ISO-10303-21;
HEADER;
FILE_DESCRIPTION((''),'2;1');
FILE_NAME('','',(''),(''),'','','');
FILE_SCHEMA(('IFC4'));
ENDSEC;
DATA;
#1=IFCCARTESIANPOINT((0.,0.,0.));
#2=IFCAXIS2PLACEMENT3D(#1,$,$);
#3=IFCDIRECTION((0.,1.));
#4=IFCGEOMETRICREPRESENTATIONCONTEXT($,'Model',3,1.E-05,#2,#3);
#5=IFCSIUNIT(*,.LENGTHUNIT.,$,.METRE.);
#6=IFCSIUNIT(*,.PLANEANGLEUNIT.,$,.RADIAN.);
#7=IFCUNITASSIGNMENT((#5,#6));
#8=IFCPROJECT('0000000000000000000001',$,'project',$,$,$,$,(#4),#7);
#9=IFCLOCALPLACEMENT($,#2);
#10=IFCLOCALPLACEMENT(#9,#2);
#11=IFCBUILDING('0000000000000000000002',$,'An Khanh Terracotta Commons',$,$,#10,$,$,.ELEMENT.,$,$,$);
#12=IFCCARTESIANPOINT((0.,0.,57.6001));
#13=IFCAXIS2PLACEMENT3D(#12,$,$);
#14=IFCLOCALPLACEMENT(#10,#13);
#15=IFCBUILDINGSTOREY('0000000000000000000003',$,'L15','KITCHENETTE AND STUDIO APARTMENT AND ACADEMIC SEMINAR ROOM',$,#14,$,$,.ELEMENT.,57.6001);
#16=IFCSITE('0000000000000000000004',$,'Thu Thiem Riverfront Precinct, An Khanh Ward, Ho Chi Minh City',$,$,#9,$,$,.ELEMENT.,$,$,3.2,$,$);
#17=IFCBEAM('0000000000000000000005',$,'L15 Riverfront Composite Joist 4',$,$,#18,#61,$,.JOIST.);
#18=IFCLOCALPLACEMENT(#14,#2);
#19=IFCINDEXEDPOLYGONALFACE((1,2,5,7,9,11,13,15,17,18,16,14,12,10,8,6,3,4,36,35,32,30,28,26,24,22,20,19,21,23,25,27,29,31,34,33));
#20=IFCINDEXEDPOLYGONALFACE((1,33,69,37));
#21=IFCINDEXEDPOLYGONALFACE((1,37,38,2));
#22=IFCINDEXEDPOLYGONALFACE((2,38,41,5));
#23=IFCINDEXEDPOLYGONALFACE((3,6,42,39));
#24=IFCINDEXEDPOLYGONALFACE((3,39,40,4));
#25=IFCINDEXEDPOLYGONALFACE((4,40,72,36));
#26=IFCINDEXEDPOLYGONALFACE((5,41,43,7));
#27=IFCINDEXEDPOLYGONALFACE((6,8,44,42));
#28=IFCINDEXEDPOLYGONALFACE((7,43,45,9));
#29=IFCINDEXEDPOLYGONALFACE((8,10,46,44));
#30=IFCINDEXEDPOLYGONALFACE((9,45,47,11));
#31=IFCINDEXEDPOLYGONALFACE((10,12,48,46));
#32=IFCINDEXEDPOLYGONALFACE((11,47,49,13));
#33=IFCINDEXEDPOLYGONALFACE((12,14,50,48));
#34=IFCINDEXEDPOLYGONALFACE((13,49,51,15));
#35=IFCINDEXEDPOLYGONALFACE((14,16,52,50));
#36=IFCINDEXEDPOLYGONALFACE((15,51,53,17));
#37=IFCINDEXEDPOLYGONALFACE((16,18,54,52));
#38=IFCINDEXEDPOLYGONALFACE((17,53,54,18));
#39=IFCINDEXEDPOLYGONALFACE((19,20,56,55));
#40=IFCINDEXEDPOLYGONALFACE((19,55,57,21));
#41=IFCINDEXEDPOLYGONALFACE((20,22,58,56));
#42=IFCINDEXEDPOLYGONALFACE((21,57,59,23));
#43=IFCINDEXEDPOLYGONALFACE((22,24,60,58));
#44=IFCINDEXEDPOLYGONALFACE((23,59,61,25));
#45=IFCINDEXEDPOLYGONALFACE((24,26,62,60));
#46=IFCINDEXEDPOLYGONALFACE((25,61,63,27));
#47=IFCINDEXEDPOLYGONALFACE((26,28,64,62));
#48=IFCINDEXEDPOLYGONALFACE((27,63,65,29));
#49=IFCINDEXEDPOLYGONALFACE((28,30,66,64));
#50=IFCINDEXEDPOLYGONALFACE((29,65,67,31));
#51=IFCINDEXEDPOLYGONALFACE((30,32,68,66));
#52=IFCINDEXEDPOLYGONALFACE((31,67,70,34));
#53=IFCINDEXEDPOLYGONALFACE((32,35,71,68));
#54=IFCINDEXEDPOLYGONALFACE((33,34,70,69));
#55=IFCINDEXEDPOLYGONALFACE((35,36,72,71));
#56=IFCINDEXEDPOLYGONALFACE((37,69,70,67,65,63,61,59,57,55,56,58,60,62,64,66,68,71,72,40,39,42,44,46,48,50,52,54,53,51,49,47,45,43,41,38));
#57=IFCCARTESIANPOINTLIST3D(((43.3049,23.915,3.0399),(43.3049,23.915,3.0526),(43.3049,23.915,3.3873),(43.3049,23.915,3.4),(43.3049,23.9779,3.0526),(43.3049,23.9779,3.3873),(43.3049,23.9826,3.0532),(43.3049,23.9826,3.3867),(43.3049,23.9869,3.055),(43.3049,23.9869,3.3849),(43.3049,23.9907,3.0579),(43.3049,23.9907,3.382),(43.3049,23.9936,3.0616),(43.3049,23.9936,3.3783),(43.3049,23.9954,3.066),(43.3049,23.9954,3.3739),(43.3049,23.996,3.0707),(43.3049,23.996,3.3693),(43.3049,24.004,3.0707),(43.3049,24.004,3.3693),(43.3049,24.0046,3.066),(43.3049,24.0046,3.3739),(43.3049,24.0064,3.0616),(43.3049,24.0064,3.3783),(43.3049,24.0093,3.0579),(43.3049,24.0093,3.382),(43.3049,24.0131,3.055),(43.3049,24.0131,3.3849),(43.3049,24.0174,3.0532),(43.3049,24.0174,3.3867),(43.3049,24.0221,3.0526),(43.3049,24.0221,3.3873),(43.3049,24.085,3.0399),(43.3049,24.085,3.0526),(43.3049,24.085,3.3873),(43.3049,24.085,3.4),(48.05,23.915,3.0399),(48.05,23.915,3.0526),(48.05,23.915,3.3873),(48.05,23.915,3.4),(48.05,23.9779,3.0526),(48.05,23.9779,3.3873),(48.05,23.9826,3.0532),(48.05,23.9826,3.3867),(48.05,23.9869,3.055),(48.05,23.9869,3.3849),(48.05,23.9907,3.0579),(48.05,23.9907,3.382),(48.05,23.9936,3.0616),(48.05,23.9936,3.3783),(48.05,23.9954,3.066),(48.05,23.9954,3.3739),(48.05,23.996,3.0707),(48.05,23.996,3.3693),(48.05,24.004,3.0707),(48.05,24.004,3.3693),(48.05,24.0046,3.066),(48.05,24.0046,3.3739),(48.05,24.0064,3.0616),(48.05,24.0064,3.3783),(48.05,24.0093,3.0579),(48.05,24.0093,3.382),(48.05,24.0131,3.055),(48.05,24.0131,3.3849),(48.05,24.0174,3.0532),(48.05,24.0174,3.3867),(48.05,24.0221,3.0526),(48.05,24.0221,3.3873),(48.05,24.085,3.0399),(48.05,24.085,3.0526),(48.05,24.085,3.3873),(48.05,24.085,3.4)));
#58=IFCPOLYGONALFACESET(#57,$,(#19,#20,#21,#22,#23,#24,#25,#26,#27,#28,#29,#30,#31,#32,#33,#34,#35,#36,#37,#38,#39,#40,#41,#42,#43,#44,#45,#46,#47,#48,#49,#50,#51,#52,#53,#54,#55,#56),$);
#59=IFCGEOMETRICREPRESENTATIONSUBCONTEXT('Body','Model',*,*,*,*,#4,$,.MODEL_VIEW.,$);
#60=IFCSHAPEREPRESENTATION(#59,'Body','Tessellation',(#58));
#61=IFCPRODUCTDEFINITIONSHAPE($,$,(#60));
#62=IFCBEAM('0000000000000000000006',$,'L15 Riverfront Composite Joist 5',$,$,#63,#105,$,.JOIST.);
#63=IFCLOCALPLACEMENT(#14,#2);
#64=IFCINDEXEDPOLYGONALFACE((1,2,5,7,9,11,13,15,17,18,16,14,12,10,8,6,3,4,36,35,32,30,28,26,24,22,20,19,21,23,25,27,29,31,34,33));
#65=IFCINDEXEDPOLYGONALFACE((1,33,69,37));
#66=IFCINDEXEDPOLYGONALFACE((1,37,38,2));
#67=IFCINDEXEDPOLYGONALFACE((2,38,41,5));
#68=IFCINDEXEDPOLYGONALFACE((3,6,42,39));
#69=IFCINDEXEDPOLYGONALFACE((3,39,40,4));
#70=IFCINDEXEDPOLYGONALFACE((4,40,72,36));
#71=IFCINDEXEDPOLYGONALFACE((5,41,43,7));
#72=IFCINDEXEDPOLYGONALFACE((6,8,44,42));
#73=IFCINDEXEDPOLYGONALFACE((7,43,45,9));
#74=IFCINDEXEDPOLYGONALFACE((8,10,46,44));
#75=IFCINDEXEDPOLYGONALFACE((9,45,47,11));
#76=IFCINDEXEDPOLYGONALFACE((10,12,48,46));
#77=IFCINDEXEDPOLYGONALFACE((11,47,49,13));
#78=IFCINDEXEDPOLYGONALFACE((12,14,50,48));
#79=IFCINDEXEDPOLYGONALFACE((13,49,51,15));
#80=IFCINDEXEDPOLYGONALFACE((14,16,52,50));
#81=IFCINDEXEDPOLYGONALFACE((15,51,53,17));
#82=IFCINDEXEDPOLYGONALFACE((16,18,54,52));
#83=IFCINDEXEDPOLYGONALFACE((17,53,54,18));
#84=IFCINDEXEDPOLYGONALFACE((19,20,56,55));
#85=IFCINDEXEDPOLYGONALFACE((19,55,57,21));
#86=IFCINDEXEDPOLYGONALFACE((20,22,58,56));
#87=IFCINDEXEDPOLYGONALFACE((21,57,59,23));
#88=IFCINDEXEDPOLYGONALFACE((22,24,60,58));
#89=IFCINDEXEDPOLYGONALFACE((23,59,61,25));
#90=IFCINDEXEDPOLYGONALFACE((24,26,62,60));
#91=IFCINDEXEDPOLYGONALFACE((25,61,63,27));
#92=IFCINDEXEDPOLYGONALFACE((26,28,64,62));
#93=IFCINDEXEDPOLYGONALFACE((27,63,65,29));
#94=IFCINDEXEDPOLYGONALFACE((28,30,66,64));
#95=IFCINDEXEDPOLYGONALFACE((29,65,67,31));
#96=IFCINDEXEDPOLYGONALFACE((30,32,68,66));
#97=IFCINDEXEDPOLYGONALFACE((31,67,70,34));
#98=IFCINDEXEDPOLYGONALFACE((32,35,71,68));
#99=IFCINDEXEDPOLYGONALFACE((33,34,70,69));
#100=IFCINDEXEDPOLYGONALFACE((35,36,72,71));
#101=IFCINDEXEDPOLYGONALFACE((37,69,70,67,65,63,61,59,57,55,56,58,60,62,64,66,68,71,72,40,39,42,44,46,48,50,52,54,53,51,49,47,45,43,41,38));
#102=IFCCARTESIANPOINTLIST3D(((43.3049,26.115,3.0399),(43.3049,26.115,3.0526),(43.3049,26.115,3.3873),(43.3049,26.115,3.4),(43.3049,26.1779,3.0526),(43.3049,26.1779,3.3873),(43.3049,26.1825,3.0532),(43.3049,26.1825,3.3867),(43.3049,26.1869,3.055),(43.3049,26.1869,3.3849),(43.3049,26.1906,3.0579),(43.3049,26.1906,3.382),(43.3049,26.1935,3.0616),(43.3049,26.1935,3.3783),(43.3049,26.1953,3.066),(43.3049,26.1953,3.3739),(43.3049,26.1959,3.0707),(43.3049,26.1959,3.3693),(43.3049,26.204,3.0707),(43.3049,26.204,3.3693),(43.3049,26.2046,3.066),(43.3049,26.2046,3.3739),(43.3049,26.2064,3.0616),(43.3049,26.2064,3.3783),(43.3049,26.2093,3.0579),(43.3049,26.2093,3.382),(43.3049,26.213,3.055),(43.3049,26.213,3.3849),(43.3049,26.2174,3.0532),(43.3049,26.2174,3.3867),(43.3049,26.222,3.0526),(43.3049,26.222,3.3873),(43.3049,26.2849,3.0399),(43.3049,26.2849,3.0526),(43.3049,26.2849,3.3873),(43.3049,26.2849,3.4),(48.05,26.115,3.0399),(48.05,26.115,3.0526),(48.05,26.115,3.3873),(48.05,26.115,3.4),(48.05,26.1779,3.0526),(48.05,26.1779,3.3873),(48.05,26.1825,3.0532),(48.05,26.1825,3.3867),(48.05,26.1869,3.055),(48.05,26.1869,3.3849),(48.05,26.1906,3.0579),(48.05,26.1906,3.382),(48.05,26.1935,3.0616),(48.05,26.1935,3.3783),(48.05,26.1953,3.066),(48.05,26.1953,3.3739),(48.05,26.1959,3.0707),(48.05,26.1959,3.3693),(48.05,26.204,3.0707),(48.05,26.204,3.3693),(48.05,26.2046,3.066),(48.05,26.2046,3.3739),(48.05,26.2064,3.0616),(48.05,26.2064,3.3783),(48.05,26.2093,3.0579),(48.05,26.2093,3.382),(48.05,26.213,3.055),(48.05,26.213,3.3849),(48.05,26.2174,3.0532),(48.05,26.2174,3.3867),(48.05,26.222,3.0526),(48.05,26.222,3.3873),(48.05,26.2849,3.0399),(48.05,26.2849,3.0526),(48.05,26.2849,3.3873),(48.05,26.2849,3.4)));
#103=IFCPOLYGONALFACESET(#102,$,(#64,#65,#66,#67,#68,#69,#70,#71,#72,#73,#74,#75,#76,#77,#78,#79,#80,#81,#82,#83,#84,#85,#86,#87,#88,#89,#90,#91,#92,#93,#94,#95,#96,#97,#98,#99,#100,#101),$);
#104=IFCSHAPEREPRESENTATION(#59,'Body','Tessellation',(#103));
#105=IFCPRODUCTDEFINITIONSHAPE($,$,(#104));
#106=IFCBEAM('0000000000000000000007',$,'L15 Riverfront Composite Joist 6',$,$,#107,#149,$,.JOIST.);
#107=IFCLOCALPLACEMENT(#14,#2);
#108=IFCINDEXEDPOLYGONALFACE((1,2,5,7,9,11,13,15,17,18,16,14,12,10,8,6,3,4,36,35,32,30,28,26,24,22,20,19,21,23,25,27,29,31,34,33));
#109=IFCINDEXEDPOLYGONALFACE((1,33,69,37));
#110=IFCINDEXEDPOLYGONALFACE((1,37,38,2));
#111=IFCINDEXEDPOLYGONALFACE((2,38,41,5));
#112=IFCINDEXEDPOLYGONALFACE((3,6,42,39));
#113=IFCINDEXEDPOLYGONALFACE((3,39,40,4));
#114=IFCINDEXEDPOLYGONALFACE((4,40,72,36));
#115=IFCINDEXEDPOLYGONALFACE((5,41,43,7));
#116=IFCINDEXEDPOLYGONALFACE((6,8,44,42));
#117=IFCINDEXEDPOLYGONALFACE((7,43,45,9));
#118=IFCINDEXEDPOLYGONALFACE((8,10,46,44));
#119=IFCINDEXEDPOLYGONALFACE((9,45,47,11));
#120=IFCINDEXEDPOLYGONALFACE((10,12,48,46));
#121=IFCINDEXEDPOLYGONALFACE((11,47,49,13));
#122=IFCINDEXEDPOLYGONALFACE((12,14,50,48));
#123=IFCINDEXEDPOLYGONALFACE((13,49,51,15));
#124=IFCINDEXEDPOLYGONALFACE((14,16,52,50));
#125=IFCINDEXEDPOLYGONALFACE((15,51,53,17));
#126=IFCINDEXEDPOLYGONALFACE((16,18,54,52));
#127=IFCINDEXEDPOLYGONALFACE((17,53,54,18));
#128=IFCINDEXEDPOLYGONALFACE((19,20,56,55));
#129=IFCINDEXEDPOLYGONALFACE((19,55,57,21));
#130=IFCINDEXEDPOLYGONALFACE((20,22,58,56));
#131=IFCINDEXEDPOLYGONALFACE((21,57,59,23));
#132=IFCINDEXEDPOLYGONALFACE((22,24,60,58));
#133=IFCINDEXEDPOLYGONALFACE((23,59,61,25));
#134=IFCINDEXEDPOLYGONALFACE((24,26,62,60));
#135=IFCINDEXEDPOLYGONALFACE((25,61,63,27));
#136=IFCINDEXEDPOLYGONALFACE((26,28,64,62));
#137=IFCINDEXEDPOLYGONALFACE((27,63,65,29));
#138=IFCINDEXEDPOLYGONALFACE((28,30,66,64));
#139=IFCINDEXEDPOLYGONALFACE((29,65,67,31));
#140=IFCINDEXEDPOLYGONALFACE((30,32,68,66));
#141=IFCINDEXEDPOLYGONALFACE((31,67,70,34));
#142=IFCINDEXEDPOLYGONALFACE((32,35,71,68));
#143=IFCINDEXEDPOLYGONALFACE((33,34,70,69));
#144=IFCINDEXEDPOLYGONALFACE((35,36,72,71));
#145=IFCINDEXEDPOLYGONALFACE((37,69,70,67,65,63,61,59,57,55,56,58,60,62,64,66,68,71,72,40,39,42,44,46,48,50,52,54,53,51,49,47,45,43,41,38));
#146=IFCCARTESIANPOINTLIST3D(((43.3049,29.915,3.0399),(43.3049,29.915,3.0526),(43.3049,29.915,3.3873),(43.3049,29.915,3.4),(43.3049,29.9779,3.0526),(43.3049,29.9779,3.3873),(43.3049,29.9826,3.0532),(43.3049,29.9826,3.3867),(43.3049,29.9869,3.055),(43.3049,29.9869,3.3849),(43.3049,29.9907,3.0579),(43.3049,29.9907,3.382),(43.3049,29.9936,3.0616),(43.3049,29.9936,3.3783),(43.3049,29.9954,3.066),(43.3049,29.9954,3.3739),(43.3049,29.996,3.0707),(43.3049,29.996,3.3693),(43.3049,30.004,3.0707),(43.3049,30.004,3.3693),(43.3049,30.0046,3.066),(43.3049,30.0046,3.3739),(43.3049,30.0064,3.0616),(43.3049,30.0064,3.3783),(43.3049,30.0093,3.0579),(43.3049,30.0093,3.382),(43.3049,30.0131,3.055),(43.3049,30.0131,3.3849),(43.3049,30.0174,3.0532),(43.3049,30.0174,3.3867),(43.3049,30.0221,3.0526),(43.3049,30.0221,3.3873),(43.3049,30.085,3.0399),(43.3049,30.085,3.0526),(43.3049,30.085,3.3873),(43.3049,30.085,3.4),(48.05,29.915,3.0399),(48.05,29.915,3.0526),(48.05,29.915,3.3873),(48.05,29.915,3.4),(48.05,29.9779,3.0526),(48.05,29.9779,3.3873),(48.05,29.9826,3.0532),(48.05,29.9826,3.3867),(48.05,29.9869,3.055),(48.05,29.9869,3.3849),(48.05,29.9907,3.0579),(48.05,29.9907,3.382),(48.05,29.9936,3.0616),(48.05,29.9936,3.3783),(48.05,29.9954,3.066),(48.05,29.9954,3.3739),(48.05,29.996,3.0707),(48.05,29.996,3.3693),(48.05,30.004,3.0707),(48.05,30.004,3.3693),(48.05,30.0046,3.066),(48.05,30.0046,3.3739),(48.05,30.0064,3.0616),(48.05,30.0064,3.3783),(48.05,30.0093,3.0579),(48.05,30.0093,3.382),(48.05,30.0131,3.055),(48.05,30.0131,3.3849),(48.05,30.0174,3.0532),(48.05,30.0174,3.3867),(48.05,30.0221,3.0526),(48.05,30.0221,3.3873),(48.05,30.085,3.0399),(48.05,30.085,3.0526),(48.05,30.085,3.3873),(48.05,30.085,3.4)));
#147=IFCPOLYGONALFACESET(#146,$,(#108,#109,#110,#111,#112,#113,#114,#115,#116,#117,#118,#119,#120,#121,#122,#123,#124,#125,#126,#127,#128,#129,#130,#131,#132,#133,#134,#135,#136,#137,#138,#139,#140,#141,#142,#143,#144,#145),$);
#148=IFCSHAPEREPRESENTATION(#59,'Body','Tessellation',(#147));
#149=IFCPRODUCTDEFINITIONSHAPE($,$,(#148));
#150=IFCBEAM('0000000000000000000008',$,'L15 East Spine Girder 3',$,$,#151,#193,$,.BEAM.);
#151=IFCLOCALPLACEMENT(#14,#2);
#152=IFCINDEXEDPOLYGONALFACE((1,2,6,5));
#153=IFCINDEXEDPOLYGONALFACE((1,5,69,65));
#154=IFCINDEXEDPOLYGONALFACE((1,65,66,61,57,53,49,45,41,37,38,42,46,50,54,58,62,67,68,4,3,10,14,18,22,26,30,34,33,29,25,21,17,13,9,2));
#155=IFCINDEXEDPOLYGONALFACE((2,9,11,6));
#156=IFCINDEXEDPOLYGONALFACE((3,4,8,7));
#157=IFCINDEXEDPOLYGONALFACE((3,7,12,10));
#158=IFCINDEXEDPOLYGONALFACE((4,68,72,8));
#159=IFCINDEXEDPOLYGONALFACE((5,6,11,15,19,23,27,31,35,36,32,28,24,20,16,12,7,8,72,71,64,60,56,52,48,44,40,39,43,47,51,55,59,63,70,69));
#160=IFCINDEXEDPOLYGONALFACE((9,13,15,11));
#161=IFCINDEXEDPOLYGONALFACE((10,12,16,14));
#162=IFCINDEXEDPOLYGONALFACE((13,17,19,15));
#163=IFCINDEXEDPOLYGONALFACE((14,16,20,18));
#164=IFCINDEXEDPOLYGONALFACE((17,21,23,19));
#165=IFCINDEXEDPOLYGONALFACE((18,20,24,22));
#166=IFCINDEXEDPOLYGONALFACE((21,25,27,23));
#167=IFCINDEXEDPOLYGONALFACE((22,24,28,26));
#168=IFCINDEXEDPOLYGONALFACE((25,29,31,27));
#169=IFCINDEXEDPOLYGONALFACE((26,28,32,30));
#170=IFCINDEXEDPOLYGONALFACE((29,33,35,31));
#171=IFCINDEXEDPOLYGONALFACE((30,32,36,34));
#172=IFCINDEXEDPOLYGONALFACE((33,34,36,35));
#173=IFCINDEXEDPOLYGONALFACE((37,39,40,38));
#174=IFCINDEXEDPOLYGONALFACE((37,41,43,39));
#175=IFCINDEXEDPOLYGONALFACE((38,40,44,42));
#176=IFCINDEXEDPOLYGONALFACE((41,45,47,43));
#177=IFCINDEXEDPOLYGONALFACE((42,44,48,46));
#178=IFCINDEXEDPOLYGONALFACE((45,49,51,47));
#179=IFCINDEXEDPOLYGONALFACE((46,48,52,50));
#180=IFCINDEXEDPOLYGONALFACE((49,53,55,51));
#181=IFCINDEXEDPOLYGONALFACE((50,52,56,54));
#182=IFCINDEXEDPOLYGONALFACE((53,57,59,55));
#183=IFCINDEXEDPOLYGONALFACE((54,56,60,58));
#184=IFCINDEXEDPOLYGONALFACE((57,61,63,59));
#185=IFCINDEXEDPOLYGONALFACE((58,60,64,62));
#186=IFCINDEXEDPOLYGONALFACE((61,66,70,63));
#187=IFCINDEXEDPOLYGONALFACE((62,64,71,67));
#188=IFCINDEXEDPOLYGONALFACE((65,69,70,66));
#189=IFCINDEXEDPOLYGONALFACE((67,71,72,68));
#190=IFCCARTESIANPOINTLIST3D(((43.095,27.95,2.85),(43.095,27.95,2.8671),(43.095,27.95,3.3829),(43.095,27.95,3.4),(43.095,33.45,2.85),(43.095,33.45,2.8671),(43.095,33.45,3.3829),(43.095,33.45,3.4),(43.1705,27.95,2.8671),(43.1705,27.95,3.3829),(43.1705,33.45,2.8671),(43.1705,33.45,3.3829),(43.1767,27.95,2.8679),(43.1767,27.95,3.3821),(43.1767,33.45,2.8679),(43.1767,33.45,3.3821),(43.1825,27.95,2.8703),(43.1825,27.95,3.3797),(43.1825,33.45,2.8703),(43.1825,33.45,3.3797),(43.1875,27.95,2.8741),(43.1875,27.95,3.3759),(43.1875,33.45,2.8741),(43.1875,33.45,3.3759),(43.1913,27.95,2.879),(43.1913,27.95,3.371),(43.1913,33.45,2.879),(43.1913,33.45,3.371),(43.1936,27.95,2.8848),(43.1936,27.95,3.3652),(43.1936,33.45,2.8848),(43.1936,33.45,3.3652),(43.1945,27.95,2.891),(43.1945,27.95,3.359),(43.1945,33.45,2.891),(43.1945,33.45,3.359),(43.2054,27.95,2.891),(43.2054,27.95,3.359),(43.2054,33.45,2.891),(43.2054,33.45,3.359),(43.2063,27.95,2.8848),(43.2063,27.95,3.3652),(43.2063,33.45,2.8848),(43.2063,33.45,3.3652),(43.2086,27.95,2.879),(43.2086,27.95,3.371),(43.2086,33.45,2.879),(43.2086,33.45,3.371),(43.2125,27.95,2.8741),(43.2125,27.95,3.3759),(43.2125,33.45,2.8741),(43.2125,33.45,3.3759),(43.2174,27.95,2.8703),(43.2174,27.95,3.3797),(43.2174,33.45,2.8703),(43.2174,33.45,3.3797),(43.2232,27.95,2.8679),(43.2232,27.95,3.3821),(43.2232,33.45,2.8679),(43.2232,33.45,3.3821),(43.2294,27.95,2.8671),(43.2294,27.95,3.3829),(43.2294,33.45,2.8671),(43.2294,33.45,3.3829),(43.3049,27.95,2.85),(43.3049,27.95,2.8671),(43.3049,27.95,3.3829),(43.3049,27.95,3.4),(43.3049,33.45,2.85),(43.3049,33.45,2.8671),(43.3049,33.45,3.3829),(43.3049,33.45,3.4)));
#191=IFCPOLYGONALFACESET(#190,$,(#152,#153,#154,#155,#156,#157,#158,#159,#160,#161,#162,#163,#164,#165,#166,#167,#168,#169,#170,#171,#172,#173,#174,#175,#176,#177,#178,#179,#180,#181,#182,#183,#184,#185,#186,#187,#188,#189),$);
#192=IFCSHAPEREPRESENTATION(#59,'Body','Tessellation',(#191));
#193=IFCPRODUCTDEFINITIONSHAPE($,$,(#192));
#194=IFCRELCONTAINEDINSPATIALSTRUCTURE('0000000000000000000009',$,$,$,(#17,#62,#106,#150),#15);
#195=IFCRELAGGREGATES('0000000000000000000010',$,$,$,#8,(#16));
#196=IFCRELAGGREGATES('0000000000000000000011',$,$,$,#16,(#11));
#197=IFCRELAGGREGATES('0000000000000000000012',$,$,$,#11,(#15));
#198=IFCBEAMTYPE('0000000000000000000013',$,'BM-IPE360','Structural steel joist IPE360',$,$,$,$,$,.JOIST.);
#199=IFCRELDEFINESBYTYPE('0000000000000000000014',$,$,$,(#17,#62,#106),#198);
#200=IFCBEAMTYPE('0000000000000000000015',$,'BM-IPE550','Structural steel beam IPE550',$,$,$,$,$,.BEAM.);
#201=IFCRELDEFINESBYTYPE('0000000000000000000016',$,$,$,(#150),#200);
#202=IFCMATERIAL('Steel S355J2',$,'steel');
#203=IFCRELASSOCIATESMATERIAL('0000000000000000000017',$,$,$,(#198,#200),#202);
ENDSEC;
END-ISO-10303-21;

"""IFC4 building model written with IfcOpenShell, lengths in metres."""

from ifc_helpers import new_model, si_unit, direction, frame, origin, origin_2d, place, context, subcontext, project, spatial, i_section, extrude, material, material_profile, profile_set, type_object, element, save


model = new_model("IFC4")

# Units and contexts
model_context = context("Model", 3, precision=1e-05, world=origin(), true_north=direction((0.0, 1.0)))
body_context = subcontext(model_context, "Body", "Model", "MODEL_VIEW")
ifc_project = project(units=[si_unit("LENGTHUNIT", "METRE"), si_unit("PLANEANGLEUNIT", "RADIAN")], contexts=[model_context])

# Site, building, storey
site_placement = place(None, origin())
site = spatial("IfcSite", under=ifc_project, at=site_placement, Name="Thu Thiem Riverfront Precinct, An Khanh Ward, Ho Chi Minh City", CompositionType="ELEMENT", RefElevation=3.2)
building_placement = place(site_placement, origin())
building = spatial("IfcBuilding", under=site, at=building_placement, Name="An Khanh Terracotta Commons", CompositionType="ELEMENT")
storey_placement = place(building_placement, frame((0.0, 0.0, 57.6001)))
storey = spatial("IfcBuildingStorey", under=building, at=storey_placement, Name="L15", Description="KITCHENETTE AND STUDIO APARTMENT AND ACADEMIC SEMINAR ROOM", CompositionType="ELEMENT", Elevation=57.6001)

# Beams
ifc_material_1 = material(Name="Steel S355J2", Category="steel")
ifc_material_profile_1 = material_profile(ifc_material_1, i_section(OverallWidth=0.1699, OverallDepth=0.3601, WebThickness=0.0081, FlangeThickness=0.0127, FilletRadius=0.0181, at=origin_2d()), Name="IPE360")
ifc_profile_set_1 = profile_set([ifc_material_profile_1], Name="Steel S355J2")
beam_type_1 = type_object("IfcBeamType", Name="BM-IPE360", Description="Structural steel joist IPE360", PredefinedType="JOIST", material=ifc_profile_set_1)
for number, where, z_axis, x_axis, name in (
    (1, (43.3049, 24.0, 3.22), (1.0, 0.0, 0.0), (0.0, 1.0, 0.0), "L15 Riverfront Composite Joist 4"),
    (2, (43.3049, 26.2, 3.22), (1.0, 0.0, 0.0), (0.0, 1.0, 0.0), "L15 Riverfront Composite Joist 5"),
    (3, (43.3049, 30.0, 3.22), (1.0, 0.0, 0.0), (0.0, 1.0, 0.0), "L15 Riverfront Composite Joist 6"),
):
    element("IfcBeam", number, at=place(storey_placement, frame(where, z_axis=z_axis, x_axis=x_axis)), inside=storey, type_object=beam_type_1, Name=name, PredefinedType="JOIST", context=body_context, shape_type="SweptSolid", body=[
        extrude(i_section(OverallWidth=0.1699, OverallDepth=0.3601, WebThickness=0.0081, FlangeThickness=0.0127, FilletRadius=0.0181, at=origin_2d()), origin(), (0.0, 0.0, 1.0), 4.7451),
    ])
ifc_material_profile_2 = material_profile(ifc_material_1, i_section(OverallWidth=0.21, OverallDepth=0.55, WebThickness=0.011, FlangeThickness=0.0171, FilletRadius=0.0239, at=origin_2d()), Name="IPE550")
ifc_profile_set_2 = profile_set([ifc_material_profile_2], Name="Steel S355J2")
beam_type_2 = type_object("IfcBeamType", Name="BM-IPE550", Description="Structural steel beam IPE550", PredefinedType="BEAM", material=ifc_profile_set_2)
beam_1_placement = place(storey_placement, frame((43.2, 27.95, 3.125), z_axis=(0.0, 1.0, 0.0), x_axis=(-1.0, 0.0, 0.0)))
element("IfcBeam", 4, at=beam_1_placement, inside=storey, type_object=beam_type_2, Name="L15 East Spine Girder 3", PredefinedType="BEAM", context=body_context, shape_type="SweptSolid", body=[
    extrude(i_section(OverallWidth=0.21, OverallDepth=0.55, WebThickness=0.011, FlangeThickness=0.0171, FilletRadius=0.0239, at=origin_2d()), origin(), (0.0, 0.0, 1.0), 5.5),
])

save(model, "model.ifc")
